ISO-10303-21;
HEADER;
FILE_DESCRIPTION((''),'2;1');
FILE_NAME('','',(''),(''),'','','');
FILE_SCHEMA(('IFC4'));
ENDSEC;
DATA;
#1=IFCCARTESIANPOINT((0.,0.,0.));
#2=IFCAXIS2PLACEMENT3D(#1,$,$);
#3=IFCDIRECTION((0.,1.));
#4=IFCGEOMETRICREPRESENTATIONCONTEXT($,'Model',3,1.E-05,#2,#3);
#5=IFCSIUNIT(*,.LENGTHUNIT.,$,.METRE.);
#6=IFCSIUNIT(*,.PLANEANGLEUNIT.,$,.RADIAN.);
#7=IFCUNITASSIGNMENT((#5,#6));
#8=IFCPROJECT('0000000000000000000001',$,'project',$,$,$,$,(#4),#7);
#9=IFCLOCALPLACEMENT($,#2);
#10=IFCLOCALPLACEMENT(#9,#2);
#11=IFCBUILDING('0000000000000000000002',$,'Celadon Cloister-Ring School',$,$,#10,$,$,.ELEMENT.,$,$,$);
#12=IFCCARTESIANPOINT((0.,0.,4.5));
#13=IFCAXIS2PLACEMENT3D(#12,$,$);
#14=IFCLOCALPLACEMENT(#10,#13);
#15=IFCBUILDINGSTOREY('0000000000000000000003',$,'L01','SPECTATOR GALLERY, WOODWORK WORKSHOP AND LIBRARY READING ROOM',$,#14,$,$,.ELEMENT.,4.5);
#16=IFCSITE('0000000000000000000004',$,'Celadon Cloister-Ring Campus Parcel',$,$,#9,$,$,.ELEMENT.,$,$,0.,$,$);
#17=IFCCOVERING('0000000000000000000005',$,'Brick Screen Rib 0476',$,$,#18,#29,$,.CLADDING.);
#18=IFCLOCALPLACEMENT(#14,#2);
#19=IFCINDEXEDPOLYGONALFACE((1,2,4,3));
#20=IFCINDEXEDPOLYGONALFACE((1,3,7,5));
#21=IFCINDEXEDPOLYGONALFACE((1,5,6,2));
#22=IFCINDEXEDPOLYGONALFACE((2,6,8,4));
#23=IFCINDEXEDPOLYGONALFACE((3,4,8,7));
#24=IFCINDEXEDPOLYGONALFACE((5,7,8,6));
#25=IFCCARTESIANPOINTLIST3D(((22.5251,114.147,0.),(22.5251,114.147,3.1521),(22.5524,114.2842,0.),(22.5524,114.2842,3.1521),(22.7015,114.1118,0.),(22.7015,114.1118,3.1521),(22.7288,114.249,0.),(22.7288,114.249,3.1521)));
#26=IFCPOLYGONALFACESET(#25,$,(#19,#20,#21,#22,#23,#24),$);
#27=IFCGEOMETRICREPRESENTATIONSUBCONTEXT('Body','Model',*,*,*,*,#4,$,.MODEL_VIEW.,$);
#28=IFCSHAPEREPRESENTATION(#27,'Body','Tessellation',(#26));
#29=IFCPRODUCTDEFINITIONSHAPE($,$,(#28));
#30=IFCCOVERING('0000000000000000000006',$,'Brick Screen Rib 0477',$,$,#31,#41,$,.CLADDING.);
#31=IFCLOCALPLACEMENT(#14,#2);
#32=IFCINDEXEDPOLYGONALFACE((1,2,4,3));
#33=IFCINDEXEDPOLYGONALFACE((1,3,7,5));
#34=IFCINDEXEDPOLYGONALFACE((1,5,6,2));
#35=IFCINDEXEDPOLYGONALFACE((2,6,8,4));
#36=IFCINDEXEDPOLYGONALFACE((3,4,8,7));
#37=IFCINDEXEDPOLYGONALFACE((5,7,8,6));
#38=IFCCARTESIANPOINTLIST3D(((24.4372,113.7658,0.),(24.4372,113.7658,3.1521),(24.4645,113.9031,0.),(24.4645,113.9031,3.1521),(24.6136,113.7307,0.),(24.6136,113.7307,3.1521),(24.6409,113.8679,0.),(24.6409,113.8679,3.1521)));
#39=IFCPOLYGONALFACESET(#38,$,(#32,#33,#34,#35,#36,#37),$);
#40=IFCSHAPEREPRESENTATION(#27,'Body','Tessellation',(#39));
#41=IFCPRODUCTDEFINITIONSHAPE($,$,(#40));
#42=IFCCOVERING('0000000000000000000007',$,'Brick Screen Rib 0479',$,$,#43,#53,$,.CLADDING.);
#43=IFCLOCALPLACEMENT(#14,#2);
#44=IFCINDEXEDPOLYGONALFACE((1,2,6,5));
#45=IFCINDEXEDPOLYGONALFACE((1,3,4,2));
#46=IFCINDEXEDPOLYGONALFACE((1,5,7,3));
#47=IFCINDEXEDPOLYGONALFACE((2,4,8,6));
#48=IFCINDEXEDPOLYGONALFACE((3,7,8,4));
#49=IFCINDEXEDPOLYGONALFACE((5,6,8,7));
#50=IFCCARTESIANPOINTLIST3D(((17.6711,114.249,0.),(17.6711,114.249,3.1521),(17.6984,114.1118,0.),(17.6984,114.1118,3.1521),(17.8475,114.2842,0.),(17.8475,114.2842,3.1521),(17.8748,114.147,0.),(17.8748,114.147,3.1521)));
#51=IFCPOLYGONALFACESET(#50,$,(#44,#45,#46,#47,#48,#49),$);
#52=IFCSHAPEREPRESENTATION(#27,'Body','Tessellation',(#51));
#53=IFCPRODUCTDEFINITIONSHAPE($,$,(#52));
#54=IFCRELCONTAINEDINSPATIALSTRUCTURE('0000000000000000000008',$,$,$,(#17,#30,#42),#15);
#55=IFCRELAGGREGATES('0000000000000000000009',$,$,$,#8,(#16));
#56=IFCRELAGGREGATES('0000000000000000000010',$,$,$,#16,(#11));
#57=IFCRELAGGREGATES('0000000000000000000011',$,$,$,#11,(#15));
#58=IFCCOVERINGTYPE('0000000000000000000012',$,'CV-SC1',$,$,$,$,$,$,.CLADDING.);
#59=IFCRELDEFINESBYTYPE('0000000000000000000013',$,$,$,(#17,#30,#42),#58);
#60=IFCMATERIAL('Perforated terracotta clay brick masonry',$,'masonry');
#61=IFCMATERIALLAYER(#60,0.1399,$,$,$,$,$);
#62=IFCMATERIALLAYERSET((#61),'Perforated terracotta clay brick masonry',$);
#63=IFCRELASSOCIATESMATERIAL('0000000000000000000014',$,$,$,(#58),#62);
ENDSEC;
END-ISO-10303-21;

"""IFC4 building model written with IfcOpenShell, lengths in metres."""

from ifc_helpers import new_model, si_unit, direction, frame, origin, origin_2d, place, context, subcontext, project, spatial, rectangle, extrude, material, layer, layer_set, type_object, element, save


model = new_model("IFC4")

# Units and contexts
model_context = context("Model", 3, precision=1e-05, world=origin(), true_north=direction((0.0, 1.0)))
body_context = subcontext(model_context, "Body", "Model", "MODEL_VIEW")
ifc_project = project(units=[si_unit("LENGTHUNIT", "METRE"), si_unit("PLANEANGLEUNIT", "RADIAN")], contexts=[model_context])

# Site, building, storey
site_placement = place(None, origin())
site = spatial("IfcSite", under=ifc_project, at=site_placement, Name="Celadon Cloister-Ring Campus Parcel", CompositionType="ELEMENT", RefElevation=0.0)
building_placement = place(site_placement, origin())
building = spatial("IfcBuilding", under=site, at=building_placement, Name="Celadon Cloister-Ring School", CompositionType="ELEMENT")
storey_placement = place(building_placement, frame((0.0, 0.0, 4.5)))
storey = spatial("IfcBuildingStorey", under=building, at=storey_placement, Name="L01", Description="SPECTATOR GALLERY, WOODWORK WORKSHOP AND LIBRARY READING ROOM", CompositionType="ELEMENT", Elevation=4.5)

# Coverings
ifc_material_1 = material(Name="Perforated terracotta clay brick masonry", Category="masonry")
ifc_layer_1 = layer(ifc_material_1, 0.1399)
ifc_layer_set_1 = layer_set([ifc_layer_1], Name="Perforated terracotta clay brick masonry")
covering_type = type_object("IfcCoveringType", Name="CV-SC1", PredefinedType="CLADDING", material=ifc_layer_set_1)
for number, where, z_axis, x_axis, name in (
    (1, (22.627, 114.198, 0.0), (0.0, 0.0, 1.0), (0.980775, -0.195142, 0.0), "Brick Screen Rib 0476"),
    (2, (24.5391, 113.8169, 0.0), (0.0, 0.0, 1.0), (0.980775, -0.195142, 0.0), "Brick Screen Rib 0477"),
    (3, (17.7729, 114.198, 0.0), (0.0, 0.0, 1.0), (0.980775, 0.195142, 0.0), "Brick Screen Rib 0479"),
):
    element("IfcCovering", number, at=place(storey_placement, frame(where, z_axis=z_axis, x_axis=x_axis)), inside=storey, type_object=covering_type, Name=name, PredefinedType="CLADDING", context=body_context, shape_type="SweptSolid", body=[
        extrude(rectangle(XDim=0.1799, YDim=0.1399, at=origin_2d()), origin(), (0.0, 0.0, 1.0), 3.1521),
    ])

save(model, "model.ifc")
